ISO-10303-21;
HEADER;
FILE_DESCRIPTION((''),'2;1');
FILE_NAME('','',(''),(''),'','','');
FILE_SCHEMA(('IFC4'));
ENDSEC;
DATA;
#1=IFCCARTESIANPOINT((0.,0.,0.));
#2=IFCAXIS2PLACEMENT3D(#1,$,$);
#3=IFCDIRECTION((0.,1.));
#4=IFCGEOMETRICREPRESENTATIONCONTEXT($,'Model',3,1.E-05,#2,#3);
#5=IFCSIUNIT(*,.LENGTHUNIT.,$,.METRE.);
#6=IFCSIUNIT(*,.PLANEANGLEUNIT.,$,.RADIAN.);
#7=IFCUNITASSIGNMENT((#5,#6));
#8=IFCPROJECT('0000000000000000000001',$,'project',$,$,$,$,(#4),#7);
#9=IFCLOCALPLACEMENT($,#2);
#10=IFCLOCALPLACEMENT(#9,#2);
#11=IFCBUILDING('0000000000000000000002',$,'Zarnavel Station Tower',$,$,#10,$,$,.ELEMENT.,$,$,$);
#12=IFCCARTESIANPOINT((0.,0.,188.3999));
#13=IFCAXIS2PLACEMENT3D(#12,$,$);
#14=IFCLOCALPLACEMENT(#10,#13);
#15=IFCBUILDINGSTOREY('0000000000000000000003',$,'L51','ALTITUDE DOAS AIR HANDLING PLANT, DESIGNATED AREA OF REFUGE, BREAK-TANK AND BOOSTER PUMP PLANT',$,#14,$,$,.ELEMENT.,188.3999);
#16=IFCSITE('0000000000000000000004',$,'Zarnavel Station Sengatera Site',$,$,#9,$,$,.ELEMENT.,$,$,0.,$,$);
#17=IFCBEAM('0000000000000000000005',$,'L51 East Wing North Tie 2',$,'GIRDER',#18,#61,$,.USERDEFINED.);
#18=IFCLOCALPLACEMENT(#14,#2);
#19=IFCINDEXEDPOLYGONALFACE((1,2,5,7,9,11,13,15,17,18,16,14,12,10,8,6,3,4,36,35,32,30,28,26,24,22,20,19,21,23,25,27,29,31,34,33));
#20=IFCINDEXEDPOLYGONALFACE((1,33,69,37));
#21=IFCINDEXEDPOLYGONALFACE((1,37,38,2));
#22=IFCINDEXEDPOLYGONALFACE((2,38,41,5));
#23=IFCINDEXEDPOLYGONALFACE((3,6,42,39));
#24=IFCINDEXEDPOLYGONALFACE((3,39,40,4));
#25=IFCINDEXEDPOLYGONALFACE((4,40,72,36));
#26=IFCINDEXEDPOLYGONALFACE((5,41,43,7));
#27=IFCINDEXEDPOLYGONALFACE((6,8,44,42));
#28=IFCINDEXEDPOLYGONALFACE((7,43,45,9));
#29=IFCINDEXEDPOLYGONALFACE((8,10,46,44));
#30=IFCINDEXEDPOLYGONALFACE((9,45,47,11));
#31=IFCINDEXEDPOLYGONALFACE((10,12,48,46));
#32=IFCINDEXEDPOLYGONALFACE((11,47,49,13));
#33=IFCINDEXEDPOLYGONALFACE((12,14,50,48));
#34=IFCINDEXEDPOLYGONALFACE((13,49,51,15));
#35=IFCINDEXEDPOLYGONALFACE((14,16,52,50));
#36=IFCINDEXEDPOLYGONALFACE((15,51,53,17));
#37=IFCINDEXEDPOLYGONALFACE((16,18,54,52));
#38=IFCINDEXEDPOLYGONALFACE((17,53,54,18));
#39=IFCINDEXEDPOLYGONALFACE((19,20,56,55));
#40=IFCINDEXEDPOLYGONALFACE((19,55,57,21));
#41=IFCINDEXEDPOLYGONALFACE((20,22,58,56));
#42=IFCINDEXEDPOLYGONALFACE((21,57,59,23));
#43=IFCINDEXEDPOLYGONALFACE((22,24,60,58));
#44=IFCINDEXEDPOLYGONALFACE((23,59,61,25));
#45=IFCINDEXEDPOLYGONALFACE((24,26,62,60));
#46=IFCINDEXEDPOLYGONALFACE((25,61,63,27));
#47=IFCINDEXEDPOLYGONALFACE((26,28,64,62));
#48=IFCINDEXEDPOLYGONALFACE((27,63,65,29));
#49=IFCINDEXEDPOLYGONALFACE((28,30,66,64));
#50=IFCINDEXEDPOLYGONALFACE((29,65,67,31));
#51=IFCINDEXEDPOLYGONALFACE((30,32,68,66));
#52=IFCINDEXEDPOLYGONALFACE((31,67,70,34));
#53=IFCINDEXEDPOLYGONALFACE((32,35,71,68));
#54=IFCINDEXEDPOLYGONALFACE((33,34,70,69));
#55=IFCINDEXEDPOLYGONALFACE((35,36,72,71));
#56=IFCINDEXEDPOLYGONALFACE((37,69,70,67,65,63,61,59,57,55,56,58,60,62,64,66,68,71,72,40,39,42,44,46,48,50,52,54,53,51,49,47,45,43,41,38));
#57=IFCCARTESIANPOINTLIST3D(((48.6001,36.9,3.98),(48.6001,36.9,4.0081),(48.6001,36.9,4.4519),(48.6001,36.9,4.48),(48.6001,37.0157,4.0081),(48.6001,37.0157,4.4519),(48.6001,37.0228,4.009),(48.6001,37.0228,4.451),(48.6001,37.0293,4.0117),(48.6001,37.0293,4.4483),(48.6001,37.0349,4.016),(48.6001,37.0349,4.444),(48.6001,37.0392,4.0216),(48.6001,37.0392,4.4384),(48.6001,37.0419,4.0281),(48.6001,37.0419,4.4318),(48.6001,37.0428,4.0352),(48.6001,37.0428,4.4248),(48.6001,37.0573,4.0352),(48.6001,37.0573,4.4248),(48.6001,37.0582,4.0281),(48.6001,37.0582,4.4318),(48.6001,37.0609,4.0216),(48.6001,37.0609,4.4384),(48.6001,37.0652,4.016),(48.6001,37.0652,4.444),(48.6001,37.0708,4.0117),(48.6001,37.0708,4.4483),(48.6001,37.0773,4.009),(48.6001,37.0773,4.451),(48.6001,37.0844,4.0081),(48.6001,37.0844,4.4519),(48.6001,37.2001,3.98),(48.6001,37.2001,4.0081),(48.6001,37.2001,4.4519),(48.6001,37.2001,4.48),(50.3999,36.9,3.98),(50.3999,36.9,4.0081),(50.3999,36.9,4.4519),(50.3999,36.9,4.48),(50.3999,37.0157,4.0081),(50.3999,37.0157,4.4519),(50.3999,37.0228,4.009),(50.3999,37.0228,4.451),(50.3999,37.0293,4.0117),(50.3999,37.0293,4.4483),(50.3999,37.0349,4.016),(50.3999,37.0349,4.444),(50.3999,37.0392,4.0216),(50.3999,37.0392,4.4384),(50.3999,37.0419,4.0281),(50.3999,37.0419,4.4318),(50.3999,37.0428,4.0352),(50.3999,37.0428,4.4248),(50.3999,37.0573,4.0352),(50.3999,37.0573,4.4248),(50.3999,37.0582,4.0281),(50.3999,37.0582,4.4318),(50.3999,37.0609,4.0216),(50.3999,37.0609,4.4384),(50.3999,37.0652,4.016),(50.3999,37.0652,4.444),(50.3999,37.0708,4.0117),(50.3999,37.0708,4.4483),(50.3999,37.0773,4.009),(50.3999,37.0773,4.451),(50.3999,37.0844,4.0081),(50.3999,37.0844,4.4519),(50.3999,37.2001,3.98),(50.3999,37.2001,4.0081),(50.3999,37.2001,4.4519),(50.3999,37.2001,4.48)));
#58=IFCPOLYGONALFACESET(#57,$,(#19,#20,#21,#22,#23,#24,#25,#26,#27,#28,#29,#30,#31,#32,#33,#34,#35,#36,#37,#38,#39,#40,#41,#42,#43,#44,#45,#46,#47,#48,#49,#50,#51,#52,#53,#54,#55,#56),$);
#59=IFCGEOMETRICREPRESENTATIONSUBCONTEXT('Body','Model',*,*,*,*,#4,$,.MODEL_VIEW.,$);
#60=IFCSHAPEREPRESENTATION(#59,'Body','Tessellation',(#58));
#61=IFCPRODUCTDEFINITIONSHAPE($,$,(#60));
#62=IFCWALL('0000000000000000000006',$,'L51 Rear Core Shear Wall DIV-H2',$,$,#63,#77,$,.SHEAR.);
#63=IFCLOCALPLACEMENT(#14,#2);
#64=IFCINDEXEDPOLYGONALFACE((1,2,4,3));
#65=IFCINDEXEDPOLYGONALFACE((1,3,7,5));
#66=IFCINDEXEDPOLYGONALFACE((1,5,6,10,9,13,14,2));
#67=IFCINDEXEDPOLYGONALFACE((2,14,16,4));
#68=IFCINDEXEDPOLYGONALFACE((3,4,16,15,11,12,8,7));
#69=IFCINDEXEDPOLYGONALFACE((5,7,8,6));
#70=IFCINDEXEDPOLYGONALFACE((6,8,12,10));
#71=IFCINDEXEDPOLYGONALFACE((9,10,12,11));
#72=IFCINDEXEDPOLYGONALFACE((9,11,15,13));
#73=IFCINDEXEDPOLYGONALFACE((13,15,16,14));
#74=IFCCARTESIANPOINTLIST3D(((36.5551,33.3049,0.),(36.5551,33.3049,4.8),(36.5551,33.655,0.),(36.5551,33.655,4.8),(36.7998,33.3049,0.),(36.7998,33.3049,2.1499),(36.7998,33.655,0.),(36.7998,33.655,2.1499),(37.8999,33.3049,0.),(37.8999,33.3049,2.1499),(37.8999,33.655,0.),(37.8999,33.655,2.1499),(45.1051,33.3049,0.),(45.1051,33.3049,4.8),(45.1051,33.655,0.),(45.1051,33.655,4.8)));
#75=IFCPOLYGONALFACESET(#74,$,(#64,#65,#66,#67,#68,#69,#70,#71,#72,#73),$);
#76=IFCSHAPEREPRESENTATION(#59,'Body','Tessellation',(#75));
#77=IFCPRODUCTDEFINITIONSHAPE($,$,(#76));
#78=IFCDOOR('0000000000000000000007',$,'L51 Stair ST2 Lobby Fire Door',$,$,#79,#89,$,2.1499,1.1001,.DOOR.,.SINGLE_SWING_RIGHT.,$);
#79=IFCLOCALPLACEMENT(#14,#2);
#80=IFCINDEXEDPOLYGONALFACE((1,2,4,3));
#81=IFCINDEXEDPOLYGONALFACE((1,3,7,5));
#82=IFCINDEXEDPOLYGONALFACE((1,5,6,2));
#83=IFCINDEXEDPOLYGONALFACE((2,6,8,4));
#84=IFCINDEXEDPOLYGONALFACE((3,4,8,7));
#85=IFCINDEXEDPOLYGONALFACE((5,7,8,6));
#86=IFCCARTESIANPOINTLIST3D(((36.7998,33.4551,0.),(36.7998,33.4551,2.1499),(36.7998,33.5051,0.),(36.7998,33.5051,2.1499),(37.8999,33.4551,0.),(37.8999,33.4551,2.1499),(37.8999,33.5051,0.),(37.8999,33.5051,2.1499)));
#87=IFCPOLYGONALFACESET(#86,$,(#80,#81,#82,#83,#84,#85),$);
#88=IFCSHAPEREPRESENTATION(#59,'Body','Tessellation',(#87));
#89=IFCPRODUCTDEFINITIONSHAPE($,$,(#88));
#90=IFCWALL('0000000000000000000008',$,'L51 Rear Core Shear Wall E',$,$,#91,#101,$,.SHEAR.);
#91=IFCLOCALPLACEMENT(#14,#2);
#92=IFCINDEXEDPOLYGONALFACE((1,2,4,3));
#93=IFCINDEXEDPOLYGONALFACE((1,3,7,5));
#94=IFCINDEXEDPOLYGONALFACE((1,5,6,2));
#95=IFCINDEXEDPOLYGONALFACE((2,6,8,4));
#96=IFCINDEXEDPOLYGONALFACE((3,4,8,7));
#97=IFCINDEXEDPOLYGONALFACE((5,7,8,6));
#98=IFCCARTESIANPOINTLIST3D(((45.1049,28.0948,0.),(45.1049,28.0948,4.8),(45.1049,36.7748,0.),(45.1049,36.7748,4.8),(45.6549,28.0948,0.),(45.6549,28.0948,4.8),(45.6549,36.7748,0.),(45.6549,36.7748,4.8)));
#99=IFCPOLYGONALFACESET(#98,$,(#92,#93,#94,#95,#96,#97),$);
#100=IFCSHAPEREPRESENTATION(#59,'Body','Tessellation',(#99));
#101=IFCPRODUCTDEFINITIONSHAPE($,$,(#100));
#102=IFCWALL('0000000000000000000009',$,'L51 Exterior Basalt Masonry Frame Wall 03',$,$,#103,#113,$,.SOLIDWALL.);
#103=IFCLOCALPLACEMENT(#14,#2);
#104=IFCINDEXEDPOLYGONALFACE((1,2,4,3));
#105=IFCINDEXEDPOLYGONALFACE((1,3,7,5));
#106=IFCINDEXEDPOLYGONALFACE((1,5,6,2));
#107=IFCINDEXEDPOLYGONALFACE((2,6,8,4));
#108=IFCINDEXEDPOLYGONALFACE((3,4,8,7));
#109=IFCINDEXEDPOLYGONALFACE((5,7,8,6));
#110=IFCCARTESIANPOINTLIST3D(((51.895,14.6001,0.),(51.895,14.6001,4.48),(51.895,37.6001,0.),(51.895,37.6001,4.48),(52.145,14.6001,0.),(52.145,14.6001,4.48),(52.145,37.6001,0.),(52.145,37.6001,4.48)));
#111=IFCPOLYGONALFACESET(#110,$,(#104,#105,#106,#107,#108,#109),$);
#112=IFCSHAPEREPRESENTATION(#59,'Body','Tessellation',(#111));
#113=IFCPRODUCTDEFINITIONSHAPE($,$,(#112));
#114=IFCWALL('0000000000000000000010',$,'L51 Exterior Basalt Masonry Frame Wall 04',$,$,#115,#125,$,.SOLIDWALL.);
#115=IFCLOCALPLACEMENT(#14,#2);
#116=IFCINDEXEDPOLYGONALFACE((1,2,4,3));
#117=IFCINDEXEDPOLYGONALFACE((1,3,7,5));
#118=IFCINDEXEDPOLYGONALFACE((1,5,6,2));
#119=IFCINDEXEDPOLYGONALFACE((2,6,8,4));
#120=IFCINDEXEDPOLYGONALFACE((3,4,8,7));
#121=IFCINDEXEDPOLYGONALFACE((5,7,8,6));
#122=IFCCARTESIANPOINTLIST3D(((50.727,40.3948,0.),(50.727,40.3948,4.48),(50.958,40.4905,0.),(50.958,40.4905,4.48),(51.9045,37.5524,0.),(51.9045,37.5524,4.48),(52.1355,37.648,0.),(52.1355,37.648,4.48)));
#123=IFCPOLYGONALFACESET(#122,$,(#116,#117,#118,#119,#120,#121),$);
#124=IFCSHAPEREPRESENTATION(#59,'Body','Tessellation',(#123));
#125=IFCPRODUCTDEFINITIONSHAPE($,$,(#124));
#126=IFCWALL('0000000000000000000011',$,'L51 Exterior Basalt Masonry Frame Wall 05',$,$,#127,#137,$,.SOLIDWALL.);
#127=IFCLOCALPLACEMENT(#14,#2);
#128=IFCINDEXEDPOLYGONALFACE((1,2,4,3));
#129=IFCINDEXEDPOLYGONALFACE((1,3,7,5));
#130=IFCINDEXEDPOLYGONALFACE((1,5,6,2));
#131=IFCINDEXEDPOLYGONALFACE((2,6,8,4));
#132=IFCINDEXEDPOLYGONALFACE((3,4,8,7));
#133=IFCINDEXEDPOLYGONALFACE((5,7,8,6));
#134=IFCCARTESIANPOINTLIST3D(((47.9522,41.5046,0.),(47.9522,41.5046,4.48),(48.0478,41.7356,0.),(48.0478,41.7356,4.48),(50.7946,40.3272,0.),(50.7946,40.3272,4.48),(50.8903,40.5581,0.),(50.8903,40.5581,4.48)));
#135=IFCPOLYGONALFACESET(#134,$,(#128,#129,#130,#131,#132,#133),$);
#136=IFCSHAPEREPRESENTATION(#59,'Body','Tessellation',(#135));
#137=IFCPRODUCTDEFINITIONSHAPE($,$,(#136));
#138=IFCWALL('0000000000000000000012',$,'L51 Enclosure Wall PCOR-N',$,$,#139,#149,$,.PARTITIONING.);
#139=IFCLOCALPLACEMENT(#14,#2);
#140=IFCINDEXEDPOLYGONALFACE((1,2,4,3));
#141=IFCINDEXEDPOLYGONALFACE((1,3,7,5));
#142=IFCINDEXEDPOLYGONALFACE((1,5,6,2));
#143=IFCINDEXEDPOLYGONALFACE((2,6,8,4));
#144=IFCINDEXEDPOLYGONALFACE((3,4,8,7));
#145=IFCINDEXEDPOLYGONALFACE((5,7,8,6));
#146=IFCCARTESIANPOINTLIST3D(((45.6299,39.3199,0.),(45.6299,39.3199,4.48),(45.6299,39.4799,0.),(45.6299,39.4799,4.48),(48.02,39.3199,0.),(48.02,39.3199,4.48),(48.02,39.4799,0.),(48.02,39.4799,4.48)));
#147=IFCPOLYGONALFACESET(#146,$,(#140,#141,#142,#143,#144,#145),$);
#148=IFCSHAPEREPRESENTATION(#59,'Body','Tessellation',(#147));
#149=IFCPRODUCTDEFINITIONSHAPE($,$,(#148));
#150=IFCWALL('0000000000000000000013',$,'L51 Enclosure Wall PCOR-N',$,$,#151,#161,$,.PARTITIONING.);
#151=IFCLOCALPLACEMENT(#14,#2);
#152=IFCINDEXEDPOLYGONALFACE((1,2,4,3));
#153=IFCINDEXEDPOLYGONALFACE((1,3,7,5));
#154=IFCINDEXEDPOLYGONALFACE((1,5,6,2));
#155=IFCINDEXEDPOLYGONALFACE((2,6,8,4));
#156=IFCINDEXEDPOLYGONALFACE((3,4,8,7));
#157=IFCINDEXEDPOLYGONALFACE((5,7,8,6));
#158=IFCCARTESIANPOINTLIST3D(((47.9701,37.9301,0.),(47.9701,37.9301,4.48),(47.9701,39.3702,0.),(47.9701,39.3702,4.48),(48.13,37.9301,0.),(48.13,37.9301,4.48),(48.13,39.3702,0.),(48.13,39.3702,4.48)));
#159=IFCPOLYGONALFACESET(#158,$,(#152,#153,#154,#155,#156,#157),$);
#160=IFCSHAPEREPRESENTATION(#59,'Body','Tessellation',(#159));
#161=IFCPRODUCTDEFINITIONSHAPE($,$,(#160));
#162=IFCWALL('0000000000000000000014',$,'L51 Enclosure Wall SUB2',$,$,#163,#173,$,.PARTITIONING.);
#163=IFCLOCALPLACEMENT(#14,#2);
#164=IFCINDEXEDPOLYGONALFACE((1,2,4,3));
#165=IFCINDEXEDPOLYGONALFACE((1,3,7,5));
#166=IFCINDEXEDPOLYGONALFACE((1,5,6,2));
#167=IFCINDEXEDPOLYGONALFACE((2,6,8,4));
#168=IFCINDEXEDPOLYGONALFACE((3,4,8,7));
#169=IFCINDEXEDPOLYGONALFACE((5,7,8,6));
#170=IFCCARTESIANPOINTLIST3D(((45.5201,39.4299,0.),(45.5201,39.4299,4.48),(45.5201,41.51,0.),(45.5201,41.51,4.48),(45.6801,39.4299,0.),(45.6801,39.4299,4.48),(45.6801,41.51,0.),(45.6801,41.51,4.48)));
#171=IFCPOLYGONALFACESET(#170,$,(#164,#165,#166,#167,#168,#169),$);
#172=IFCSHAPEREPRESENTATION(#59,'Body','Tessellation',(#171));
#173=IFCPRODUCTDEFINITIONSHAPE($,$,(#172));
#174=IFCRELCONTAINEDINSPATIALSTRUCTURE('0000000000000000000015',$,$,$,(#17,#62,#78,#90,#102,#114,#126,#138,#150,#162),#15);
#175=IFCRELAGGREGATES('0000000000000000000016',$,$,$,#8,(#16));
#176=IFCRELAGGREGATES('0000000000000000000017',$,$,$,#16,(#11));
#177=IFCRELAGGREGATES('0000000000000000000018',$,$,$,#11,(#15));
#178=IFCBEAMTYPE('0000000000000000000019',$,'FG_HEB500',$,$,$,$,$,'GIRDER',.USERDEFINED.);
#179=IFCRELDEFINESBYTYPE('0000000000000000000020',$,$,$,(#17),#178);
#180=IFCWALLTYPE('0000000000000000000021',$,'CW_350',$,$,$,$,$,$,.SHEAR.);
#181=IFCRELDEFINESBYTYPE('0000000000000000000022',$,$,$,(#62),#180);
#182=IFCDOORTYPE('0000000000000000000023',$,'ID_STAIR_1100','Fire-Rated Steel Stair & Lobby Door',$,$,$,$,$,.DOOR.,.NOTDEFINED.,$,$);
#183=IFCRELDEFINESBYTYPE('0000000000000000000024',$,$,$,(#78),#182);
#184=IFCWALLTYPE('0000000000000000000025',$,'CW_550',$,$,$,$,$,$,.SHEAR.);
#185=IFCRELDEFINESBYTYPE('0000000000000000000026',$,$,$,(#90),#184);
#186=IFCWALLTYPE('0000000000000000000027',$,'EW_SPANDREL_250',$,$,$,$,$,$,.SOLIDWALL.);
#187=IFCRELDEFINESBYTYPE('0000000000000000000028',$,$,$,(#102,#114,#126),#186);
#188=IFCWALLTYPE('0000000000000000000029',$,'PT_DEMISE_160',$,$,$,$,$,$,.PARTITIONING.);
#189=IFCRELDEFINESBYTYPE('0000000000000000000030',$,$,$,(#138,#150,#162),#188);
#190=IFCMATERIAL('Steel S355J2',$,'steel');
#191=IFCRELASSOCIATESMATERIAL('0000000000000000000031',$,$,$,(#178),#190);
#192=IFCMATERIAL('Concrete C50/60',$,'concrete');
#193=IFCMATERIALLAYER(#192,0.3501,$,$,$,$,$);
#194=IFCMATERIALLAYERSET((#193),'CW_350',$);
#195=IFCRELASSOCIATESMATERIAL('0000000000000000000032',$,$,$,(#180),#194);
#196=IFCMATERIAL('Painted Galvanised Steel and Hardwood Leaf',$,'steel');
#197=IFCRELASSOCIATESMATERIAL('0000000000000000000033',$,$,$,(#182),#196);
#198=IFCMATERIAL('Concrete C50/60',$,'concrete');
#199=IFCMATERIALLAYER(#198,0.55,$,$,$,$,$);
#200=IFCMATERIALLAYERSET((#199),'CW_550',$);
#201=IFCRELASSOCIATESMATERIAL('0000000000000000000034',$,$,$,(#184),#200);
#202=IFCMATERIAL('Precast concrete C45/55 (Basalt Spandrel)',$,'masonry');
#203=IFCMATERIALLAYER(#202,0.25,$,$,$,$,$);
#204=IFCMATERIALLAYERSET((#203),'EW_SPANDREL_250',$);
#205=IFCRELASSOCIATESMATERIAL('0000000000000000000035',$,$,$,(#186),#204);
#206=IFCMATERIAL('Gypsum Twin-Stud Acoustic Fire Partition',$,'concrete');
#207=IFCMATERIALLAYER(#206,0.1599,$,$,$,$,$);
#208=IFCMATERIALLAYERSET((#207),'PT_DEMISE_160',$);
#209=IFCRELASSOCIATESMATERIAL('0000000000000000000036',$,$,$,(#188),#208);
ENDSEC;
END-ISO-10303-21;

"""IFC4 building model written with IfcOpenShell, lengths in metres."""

from ifc_helpers import new_model, si_unit, direction, frame, frame_2d, origin, origin_2d, place, context, subcontext, project, spatial, rectangle, i_section, extrude, material, layer, layer_set, material_profile, profile_set, type_object, element, fill, save


model = new_model("IFC4")

# Units and contexts
model_context = context("Model", 3, precision=1e-05, world=origin(), true_north=direction((0.0, 1.0)))
body_context = subcontext(model_context, "Body", "Model", "MODEL_VIEW")
ifc_project = project(units=[si_unit("LENGTHUNIT", "METRE"), si_unit("PLANEANGLEUNIT", "RADIAN")], contexts=[model_context])

# Site, building, storey
site_placement = place(None, origin())
site = spatial("IfcSite", under=ifc_project, at=site_placement, Name="Zarnavel Station Sengatera Site", CompositionType="ELEMENT", RefElevation=0.0)
building_placement = place(site_placement, origin())
building = spatial("IfcBuilding", under=site, at=building_placement, Name="Zarnavel Station Tower", CompositionType="ELEMENT")
storey_placement = place(building_placement, frame((0.0, 0.0, 188.3999)))
storey = spatial("IfcBuildingStorey", under=building, at=storey_placement, Name="L51", Description="ALTITUDE DOAS AIR HANDLING PLANT, DESIGNATED AREA OF REFUGE, BREAK-TANK AND BOOSTER PUMP PLANT", CompositionType="ELEMENT", Elevation=188.3999)

# Beam
ifc_material_1 = material(Name="Steel S355J2", Category="steel")
ifc_material_profile_1 = material_profile(ifc_material_1, i_section(OverallWidth=0.3, OverallDepth=0.5, WebThickness=0.0144, FlangeThickness=0.0281, FilletRadius=0.0271, at=origin_2d()), Name="HEB500")
ifc_profile_set_1 = profile_set([ifc_material_profile_1], Name="Steel S355J2")
beam_type = type_object("IfcBeamType", Name="FG_HEB500", ElementType="GIRDER", PredefinedType="USERDEFINED", material=ifc_profile_set_1)
beam_1_placement = place(storey_placement, frame((48.6001, 37.05, 4.23), z_axis=(1.0, 0.0, 0.0), x_axis=(0.0, 1.0, 0.0)))
element("IfcBeam", 1, at=beam_1_placement, inside=storey, type_object=beam_type, Name="L51 East Wing North Tie 2", ObjectType="GIRDER", PredefinedType="USERDEFINED", context=body_context, shape_type="SweptSolid", body=[
    extrude(i_section(OverallWidth=0.3, OverallDepth=0.5, WebThickness=0.0144, FlangeThickness=0.0281, FilletRadius=0.0271, at=origin_2d()), origin(), (0.0, 0.0, 1.0), 1.7998),
])

# Wall, opening, door
ifc_material_2 = material(Name="Concrete C50/60", Category="concrete")
ifc_layer_1 = layer(ifc_material_2, 0.3501)
ifc_layer_set_1 = layer_set([ifc_layer_1], Name="CW_350")
wall_type_1 = type_object("IfcWallType", Name="CW_350", PredefinedType="SHEAR", material=ifc_layer_set_1)
wall_1_placement = place(storey_placement, frame((45.105, 33.48, 0.0), z_axis=(0.0, 0.0, 1.0), x_axis=(-1.0, 0.0, 0.0)))
wall_1 = element("IfcWall", 2, at=wall_1_placement, inside=storey, type_object=wall_type_1, Name="L51 Rear Core Shear Wall DIV-H2", PredefinedType="SHEAR", context=body_context, shape_type="SweptSolid", body=[
    extrude(rectangle(XDim=8.55, YDim=0.3501, at=frame_2d((4.2749, 0.0))), origin(), (0.0, 0.0, 1.0), 4.8),
])
opening_1_placement = place(wall_1_placement, frame((7.2051, 0.0, 0.0)))
opening_1 = element("IfcOpeningElement", 3, at=opening_1_placement, cuts=wall_1, PredefinedType="OPENING", context=body_context, shape_type="SweptSolid", body=[
    extrude(rectangle(XDim=1.1001, YDim=2.1499, at=frame_2d((0.55, 1.075))), frame((0.0, 0.1851, 0.0), z_axis=(0.0, -1.0, 0.0), x_axis=(1.0, 0.0, 0.0)), (0.0, 0.0, 1.0), 0.3701),
])
ifc_material_3 = material(Name="Painted Galvanised Steel and Hardwood Leaf", Category="steel")
door_type_1 = type_object("IfcDoorType", Name="ID_STAIR_1100", Description="Fire-Rated Steel Stair & Lobby Door", OperationType="NOTDEFINED", PredefinedType="DOOR", material=ifc_material_3)
door_1_placement = place(opening_1_placement, origin())
door_1 = element("IfcDoor", 4, at=door_1_placement, inside=storey, type_object=door_type_1, Name="L51 Stair ST2 Lobby Fire Door", OperationType="SINGLE_SWING_RIGHT", OverallHeight=2.1499, OverallWidth=1.1001, PredefinedType="DOOR", context=body_context, shape_type="SweptSolid", body=[
    extrude(rectangle(XDim=1.1001, YDim=2.1499, at=frame_2d((0.55, 1.075))), frame((0.0, 0.0249, 0.0), z_axis=(0.0, -1.0, 0.0), x_axis=(1.0, 0.0, 0.0)), (0.0, 0.0, 1.0), 0.05),
])
fill(opening_1, door_1)

# Walls
ifc_material_4 = material(Name="Concrete C50/60", Category="concrete")
ifc_layer_2 = layer(ifc_material_4, 0.55)
ifc_layer_set_2 = layer_set([ifc_layer_2], Name="CW_550")
wall_type_2 = type_object("IfcWallType", Name="CW_550", PredefinedType="SHEAR", material=ifc_layer_set_2)
wall_2_placement = place(storey_placement, frame((45.3799, 28.095, 0.0), z_axis=(0.0, 0.0, 1.0), x_axis=(0.0, 1.0, 0.0)))
element("IfcWall", 5, at=wall_2_placement, inside=storey, type_object=wall_type_2, Name="L51 Rear Core Shear Wall E", PredefinedType="SHEAR", context=body_context, shape_type="SweptSolid", body=[
    extrude(rectangle(XDim=8.6799, YDim=0.55, at=frame_2d((4.3398, 0.0))), origin(), (0.0, 0.0, 1.0), 4.8),
])
ifc_material_5 = material(Name="Precast concrete C45/55 (Basalt Spandrel)", Category="masonry")
ifc_layer_3 = layer(ifc_material_5, 0.25)
ifc_layer_set_3 = layer_set([ifc_layer_3], Name="EW_SPANDREL_250")
wall_type_3 = type_object("IfcWallType", Name="EW_SPANDREL_250", PredefinedType="SOLIDWALL", material=ifc_layer_set_3)
wall_3_placement = place(storey_placement, frame((52.02, 37.6001, 0.0), z_axis=(0.0, 0.0, 1.0), x_axis=(0.0, -1.0, 0.0)))
element("IfcWall", 6, at=wall_3_placement, inside=storey, type_object=wall_type_3, Name="L51 Exterior Basalt Masonry Frame Wall 03", PredefinedType="SOLIDWALL", context=body_context, shape_type="SweptSolid", body=[
    extrude(rectangle(XDim=23.0, YDim=0.25, at=frame_2d((11.5, 0.0))), origin(), (0.0, 0.0, 1.0), 4.48),
])
for number, where, z_axis, x_axis, name in (
    (7, (50.8425, 40.4426, 0.0), (0.0, 0.0, 1.0), (0.382705, -0.923871, 0.0), "L51 Exterior Basalt Masonry Frame Wall 04"),
    (8, (48.0, 41.6201, 0.0), (0.0, 0.0, 1.0), (0.923871, -0.382705, 0.0), "L51 Exterior Basalt Masonry Frame Wall 05"),
):
    element("IfcWall", number, at=place(storey_placement, frame(where, z_axis=z_axis, x_axis=x_axis)), inside=storey, type_object=wall_type_3, Name=name, PredefinedType="SOLIDWALL", context=body_context, shape_type="SweptSolid", body=[
        extrude(rectangle(XDim=3.0767, YDim=0.25, at=frame_2d((1.5383, 0.0))), origin(), (0.0, 0.0, 1.0), 4.48),
    ])
ifc_material_6 = material(Name="Gypsum Twin-Stud Acoustic Fire Partition", Category="concrete")
ifc_layer_4 = layer(ifc_material_6, 0.1599)
ifc_layer_set_4 = layer_set([ifc_layer_4], Name="PT_DEMISE_160")
wall_type_4 = type_object("IfcWallType", Name="PT_DEMISE_160", PredefinedType="PARTITIONING", material=ifc_layer_set_4)
wall_4_placement = place(storey_placement, frame((45.6299, 39.3999, 0.0), z_axis=(0.0, 0.0, 1.0), x_axis=(1.0, 0.0, 0.0)))
element("IfcWall", 9, at=wall_4_placement, inside=storey, type_object=wall_type_4, Name="L51 Enclosure Wall PCOR-N", PredefinedType="PARTITIONING", context=body_context, shape_type="SweptSolid", body=[
    extrude(rectangle(XDim=2.3901, YDim=0.1599, at=frame_2d((1.1951, 0.0))), origin(), (0.0, 0.0, 1.0), 4.48),
])
wall_5_placement = place(storey_placement, frame((48.05, 37.9299, 0.0), z_axis=(0.0, 0.0, 1.0), x_axis=(0.0, 1.0, 0.0)))
element("IfcWall", 10, at=wall_5_placement, inside=storey, type_object=wall_type_4, Name="L51 Enclosure Wall PCOR-N", PredefinedType="PARTITIONING", context=body_context, shape_type="SweptSolid", body=[
    extrude(rectangle(XDim=1.4402, YDim=0.1599, at=frame_2d((0.7202, 0.0))), origin(), (0.0, 0.0, 1.0), 4.48),
])
wall_6_placement = place(storey_placement, frame((45.6001, 39.4299, 0.0), z_axis=(0.0, 0.0, 1.0), x_axis=(0.0, 1.0, 0.0)))
element("IfcWall", 11, at=wall_6_placement, inside=storey, type_object=wall_type_4, Name="L51 Enclosure Wall SUB2", PredefinedType="PARTITIONING", context=body_context, shape_type="SweptSolid", body=[
    extrude(rectangle(XDim=2.0801, YDim=0.1599, at=frame_2d((1.04, 0.0))), origin(), (0.0, 0.0, 1.0), 4.48),
])

save(model, "model.ifc")
